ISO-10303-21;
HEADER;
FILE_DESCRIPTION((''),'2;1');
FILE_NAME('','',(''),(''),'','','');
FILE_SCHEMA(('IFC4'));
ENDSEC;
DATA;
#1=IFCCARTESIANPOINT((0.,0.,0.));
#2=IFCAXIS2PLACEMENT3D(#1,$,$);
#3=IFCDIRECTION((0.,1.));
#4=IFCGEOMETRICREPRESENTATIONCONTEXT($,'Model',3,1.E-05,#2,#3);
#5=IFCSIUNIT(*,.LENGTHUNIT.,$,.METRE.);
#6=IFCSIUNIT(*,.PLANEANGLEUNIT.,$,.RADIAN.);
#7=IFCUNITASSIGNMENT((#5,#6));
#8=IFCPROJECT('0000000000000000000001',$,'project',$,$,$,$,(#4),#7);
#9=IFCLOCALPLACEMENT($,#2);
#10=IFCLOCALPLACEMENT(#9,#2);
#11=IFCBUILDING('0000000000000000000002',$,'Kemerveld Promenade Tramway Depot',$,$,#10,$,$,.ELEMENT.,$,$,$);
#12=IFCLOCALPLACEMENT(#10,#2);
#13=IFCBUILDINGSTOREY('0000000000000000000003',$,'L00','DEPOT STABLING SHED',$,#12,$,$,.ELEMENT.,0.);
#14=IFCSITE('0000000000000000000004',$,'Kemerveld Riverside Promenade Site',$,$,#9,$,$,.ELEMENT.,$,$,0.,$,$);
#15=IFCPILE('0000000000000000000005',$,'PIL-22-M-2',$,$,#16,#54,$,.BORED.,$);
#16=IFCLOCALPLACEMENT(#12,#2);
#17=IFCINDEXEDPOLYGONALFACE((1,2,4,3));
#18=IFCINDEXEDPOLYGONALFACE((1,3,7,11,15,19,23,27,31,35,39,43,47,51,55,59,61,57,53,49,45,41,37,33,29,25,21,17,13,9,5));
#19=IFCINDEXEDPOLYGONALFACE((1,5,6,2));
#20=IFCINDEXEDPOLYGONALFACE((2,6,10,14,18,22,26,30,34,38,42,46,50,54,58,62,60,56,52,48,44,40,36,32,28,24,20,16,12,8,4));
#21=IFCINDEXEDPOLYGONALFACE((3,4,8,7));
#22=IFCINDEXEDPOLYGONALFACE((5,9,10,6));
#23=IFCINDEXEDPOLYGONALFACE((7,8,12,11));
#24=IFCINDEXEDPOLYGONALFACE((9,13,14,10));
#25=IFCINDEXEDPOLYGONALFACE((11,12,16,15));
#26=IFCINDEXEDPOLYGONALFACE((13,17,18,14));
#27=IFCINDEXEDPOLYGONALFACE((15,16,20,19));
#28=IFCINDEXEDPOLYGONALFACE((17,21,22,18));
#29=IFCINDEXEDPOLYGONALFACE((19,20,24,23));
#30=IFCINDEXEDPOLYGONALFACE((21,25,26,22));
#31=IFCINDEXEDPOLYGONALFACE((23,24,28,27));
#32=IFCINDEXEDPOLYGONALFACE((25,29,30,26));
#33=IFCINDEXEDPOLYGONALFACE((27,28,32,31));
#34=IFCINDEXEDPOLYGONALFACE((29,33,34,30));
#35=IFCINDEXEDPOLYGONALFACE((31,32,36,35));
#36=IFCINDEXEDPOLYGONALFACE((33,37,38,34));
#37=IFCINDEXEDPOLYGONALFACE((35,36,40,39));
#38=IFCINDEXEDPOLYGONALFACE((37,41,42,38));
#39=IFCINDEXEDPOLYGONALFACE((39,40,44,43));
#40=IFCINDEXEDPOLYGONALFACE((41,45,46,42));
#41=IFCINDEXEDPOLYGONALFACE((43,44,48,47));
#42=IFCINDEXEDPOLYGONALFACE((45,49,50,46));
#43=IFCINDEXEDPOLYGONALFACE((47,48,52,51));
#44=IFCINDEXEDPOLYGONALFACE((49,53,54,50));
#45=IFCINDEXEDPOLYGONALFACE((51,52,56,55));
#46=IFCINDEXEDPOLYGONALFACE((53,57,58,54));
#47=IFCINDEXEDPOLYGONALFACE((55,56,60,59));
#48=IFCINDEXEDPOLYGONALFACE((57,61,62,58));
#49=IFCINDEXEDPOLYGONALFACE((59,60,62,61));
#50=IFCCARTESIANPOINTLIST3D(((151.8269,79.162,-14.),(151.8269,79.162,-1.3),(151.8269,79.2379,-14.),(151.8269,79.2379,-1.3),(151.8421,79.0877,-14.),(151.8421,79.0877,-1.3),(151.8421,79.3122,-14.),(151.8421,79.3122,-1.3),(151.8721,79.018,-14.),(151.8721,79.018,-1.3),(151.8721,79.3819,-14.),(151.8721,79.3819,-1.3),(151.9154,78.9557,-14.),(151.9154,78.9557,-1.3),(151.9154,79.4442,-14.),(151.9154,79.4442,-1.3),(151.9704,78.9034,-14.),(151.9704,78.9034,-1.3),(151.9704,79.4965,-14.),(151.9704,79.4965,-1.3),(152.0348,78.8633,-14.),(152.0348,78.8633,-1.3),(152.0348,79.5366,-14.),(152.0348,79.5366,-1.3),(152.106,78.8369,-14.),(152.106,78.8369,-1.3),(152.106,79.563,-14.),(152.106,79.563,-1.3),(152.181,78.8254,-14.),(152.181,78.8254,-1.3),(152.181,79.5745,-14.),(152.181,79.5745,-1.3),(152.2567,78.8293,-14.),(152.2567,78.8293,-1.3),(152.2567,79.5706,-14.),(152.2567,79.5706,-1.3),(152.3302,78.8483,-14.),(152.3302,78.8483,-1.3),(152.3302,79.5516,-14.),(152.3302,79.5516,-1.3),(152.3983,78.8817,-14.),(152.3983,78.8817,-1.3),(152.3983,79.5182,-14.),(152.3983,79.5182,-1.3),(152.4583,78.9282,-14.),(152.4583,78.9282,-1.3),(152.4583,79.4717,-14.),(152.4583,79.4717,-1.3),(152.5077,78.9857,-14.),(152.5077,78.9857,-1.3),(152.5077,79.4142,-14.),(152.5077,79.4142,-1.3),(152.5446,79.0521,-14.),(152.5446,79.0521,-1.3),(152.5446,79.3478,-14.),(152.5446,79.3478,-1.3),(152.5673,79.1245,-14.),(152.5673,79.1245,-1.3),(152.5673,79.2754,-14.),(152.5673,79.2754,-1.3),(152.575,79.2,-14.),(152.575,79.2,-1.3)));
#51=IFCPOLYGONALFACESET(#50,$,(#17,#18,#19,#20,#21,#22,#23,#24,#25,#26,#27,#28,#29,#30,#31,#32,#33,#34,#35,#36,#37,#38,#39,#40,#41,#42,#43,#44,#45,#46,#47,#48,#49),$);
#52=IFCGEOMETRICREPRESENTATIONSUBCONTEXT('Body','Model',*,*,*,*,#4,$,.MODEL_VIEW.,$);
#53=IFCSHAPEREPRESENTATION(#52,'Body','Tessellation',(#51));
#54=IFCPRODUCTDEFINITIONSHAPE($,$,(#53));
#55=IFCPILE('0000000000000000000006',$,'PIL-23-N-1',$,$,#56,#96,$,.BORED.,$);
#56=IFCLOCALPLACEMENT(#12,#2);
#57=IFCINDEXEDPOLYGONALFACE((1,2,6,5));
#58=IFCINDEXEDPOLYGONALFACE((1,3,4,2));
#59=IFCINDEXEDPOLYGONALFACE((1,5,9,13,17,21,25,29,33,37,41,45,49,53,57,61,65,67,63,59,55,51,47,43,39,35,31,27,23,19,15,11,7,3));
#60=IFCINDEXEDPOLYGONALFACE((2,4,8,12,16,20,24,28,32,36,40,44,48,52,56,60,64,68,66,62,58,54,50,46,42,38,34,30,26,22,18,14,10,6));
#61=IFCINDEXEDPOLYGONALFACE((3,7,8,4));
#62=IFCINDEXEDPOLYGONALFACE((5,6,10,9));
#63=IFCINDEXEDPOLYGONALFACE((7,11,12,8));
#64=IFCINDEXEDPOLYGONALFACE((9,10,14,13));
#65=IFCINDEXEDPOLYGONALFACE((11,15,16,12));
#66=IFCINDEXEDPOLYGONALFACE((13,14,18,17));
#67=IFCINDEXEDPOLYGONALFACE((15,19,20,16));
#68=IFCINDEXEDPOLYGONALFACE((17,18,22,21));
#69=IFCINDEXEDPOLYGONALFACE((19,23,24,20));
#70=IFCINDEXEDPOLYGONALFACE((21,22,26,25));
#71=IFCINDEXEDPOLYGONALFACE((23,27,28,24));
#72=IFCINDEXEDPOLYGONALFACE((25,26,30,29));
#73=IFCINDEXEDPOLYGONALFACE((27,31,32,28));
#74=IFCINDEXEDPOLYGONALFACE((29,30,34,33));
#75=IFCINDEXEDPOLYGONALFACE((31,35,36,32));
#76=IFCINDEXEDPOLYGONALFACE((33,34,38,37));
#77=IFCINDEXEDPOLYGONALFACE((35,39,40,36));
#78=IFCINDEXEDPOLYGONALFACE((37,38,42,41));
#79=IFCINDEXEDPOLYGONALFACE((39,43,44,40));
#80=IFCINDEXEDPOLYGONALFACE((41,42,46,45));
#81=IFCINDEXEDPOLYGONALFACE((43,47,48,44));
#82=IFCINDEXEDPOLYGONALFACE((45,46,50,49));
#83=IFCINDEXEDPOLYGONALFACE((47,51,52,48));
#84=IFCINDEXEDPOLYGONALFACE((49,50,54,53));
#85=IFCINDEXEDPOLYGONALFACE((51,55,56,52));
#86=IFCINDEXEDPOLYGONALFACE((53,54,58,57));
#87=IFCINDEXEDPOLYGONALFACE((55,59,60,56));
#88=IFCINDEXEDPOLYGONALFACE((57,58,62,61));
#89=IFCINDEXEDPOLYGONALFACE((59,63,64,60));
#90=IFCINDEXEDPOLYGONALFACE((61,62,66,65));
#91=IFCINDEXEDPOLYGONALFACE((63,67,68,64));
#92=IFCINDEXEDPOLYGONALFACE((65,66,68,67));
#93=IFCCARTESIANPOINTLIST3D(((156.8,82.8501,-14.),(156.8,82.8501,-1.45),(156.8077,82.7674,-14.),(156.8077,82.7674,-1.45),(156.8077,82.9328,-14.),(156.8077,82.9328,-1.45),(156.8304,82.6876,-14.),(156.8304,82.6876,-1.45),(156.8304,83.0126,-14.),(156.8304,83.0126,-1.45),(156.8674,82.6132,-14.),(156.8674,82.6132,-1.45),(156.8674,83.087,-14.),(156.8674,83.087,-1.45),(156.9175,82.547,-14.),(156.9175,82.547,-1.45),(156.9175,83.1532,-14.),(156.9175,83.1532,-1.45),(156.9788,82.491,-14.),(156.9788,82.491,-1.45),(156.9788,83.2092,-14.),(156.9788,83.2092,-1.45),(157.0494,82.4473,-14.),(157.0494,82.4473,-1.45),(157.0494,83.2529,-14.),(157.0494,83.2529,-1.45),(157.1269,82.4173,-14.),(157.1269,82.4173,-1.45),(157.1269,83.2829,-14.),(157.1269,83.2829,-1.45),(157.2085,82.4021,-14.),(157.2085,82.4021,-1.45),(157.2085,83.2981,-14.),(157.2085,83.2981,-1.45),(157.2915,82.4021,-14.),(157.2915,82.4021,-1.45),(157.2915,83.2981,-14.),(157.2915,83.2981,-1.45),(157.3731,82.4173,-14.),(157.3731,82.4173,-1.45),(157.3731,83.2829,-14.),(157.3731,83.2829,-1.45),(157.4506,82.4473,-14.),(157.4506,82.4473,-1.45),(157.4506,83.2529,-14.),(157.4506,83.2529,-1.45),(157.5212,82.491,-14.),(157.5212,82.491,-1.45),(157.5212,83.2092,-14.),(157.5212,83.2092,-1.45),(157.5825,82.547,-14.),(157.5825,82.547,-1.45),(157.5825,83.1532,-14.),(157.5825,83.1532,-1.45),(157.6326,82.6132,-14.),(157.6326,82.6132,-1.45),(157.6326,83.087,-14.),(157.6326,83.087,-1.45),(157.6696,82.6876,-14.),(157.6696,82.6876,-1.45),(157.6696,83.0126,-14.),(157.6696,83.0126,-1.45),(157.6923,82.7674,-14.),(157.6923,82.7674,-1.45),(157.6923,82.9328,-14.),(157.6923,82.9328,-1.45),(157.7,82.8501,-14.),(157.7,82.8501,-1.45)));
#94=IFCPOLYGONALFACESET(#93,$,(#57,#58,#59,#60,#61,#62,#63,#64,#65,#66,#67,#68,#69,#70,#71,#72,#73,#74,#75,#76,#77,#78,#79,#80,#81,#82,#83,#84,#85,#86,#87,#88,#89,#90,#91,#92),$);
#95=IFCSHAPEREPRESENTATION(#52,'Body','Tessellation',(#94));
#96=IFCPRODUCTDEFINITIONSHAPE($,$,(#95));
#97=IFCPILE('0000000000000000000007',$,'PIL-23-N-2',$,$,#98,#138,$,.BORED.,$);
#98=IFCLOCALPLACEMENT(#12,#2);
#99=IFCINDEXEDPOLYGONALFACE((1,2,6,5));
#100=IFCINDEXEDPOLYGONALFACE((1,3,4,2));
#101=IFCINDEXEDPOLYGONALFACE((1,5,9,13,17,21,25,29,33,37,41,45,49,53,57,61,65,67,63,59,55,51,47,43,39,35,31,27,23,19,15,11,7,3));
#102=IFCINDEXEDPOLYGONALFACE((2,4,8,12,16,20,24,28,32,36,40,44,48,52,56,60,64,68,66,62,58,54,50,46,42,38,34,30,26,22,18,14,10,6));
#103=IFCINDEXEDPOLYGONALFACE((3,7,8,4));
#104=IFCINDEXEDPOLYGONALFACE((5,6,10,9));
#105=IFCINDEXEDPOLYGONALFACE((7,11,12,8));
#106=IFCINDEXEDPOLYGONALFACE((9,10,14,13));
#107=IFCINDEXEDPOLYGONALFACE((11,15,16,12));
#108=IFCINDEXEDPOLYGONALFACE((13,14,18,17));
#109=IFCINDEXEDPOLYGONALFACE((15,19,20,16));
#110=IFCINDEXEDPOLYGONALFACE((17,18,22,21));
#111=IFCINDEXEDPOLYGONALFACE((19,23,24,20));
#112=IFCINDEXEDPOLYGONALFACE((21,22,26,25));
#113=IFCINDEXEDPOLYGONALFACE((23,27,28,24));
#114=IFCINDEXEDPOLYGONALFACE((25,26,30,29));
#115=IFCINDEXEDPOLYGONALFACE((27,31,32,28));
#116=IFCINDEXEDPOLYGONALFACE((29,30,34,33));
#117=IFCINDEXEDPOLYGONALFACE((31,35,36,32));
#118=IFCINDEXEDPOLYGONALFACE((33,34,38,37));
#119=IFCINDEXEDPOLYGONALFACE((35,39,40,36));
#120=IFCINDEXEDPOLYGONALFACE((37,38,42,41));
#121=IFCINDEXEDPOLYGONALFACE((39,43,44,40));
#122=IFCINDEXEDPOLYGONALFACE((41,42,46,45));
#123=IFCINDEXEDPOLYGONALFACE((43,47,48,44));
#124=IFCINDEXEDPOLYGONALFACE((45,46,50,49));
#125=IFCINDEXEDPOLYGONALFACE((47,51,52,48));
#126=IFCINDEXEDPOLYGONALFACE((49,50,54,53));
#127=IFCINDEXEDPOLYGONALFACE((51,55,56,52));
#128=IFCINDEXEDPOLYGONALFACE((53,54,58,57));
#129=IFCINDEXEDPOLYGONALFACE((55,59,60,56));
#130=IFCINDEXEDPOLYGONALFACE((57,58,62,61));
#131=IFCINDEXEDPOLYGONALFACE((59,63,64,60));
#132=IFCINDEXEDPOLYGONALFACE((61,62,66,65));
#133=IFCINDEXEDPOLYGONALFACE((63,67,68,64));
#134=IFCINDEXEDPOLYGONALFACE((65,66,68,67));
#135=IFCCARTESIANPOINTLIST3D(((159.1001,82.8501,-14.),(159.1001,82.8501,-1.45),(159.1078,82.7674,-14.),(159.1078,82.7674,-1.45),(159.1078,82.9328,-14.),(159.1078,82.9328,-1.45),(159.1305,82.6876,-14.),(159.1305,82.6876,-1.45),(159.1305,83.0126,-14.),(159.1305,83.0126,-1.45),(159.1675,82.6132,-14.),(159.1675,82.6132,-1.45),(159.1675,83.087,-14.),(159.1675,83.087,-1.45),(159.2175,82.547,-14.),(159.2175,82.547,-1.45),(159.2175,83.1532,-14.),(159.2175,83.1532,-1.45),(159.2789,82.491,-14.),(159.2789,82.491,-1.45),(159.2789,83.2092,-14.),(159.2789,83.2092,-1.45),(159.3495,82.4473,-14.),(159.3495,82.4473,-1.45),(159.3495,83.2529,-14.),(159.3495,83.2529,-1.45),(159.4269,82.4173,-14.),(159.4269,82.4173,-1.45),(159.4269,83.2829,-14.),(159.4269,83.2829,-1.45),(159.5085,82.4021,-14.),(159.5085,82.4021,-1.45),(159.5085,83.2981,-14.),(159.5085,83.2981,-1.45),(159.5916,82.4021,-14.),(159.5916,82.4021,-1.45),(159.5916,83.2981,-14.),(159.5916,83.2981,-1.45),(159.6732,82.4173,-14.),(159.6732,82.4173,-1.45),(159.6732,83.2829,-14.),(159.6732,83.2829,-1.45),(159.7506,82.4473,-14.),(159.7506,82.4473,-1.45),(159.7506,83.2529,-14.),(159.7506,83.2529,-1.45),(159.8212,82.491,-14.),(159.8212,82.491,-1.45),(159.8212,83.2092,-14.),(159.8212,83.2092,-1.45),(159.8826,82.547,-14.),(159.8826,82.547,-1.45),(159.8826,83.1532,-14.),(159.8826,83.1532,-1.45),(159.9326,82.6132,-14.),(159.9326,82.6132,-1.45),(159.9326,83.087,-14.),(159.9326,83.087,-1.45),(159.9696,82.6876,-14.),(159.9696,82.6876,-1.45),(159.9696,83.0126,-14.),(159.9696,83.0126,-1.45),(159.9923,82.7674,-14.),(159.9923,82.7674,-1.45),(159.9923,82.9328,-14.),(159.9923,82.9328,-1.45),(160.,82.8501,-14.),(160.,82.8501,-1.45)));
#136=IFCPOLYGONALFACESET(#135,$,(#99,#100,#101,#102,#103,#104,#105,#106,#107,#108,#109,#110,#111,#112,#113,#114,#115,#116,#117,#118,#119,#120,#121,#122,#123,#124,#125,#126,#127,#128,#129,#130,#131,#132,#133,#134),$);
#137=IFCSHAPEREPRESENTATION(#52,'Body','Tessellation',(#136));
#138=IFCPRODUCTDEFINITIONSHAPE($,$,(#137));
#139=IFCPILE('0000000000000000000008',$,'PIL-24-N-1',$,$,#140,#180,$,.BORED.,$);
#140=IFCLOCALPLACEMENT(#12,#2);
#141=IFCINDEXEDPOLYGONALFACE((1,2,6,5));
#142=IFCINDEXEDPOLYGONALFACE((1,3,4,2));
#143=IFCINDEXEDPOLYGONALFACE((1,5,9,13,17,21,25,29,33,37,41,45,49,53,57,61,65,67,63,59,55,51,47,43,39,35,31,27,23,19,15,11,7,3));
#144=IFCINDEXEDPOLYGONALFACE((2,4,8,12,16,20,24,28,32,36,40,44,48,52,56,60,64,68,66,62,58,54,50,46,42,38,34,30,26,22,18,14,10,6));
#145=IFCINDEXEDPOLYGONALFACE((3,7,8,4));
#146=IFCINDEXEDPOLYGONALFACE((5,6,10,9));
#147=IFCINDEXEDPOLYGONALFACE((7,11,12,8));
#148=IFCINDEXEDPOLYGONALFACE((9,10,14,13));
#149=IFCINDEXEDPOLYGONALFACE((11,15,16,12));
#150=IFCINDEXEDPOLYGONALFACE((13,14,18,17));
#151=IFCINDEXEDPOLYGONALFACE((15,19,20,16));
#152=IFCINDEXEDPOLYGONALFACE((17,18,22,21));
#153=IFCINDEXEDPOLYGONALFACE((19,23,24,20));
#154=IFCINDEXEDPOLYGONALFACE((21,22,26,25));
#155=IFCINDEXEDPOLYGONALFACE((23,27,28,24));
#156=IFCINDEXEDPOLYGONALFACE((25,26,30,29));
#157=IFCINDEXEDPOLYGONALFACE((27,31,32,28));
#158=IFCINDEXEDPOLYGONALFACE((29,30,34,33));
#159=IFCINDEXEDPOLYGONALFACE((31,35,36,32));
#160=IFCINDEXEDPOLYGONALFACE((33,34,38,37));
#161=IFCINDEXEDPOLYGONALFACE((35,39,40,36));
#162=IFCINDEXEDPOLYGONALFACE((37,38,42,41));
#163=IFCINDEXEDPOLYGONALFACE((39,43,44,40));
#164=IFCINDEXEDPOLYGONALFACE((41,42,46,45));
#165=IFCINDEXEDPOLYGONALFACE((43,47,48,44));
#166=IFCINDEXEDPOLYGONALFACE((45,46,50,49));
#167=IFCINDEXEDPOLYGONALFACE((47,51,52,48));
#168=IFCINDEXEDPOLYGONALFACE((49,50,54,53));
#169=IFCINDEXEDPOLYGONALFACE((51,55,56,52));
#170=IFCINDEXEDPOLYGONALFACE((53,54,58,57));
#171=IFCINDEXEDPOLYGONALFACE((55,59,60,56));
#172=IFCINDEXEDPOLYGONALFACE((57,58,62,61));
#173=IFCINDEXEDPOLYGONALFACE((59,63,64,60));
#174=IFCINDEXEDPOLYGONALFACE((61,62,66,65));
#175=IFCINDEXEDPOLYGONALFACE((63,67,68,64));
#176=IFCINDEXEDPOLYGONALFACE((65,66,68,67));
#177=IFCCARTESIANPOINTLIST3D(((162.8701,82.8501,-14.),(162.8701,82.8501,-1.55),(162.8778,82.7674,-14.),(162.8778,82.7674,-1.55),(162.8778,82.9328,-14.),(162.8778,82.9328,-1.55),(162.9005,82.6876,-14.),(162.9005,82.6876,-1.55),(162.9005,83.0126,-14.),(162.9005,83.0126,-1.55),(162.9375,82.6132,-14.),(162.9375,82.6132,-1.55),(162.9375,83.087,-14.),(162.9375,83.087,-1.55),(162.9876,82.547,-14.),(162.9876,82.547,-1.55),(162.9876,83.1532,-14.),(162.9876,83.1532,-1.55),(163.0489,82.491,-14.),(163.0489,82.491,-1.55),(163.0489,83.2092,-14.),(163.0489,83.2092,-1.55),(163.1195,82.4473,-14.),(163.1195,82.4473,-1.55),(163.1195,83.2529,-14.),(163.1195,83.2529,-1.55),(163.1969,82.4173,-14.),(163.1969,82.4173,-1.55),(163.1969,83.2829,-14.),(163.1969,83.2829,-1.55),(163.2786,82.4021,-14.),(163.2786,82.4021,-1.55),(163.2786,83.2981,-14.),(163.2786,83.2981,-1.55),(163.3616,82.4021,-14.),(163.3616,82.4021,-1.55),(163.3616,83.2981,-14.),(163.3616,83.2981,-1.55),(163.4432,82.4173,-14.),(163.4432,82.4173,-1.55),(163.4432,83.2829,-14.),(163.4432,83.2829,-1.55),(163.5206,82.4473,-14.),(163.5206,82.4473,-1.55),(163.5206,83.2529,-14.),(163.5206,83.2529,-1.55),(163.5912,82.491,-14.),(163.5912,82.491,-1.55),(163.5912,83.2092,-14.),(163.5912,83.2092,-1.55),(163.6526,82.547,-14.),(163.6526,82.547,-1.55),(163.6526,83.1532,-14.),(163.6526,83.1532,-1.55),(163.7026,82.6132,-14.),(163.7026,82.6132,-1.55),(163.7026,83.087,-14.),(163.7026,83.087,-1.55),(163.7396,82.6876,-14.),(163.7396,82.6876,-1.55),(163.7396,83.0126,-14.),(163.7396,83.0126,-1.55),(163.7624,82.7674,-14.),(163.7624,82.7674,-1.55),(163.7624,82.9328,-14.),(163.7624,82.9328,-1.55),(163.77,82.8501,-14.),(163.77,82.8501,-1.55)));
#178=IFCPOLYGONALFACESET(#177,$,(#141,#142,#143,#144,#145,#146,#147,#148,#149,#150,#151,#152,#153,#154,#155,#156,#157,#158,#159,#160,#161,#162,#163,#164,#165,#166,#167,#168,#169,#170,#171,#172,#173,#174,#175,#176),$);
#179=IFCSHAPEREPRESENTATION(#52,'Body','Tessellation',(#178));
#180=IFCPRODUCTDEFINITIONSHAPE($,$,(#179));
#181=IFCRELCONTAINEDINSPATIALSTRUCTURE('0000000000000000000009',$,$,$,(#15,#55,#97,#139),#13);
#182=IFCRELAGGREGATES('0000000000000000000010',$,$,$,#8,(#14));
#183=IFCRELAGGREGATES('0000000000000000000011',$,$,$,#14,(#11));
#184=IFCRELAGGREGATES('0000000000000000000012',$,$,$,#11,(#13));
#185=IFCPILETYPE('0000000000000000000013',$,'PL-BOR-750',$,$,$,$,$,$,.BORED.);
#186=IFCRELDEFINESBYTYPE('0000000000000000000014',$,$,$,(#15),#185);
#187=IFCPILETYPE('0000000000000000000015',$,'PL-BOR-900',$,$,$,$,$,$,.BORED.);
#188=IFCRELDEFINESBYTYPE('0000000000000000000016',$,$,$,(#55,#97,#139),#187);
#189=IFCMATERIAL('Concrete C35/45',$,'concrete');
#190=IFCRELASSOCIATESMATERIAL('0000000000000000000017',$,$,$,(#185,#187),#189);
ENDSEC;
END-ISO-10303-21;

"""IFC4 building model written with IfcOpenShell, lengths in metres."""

from ifc_helpers import new_model, si_unit, direction, frame, origin, origin_2d, place, context, subcontext, project, spatial, circle, extrude, material, material_profile, profile_set, type_object, element, save


model = new_model("IFC4")

# Units and contexts
model_context = context("Model", 3, precision=1e-05, world=origin(), true_north=direction((0.0, 1.0)))
body_context = subcontext(model_context, "Body", "Model", "MODEL_VIEW")
ifc_project = project(units=[si_unit("LENGTHUNIT", "METRE"), si_unit("PLANEANGLEUNIT", "RADIAN")], contexts=[model_context])

# Site, building, storey
site_placement = place(None, origin())
site = spatial("IfcSite", under=ifc_project, at=site_placement, Name="Kemerveld Riverside Promenade Site", CompositionType="ELEMENT", RefElevation=0.0)
building_placement = place(site_placement, origin())
building = spatial("IfcBuilding", under=site, at=building_placement, Name="Kemerveld Promenade Tramway Depot", CompositionType="ELEMENT")
storey_placement = place(building_placement, origin())
storey = spatial("IfcBuildingStorey", under=building, at=storey_placement, Name="L00", Description="DEPOT STABLING SHED", CompositionType="ELEMENT", Elevation=0.0)

# Shared definitions
ifc_material_1 = material(Name="Concrete C35/45", Category="concrete")

# Piles
ifc_material_profile_1 = material_profile(ifc_material_1, circle(Radius=0.375, at=origin_2d()), Name="PILE-D750")
ifc_profile_set_1 = profile_set([ifc_material_profile_1], Name="Concrete C35/45")
pile_type_1 = type_object("IfcPileType", Name="PL-BOR-750", PredefinedType="BORED", material=ifc_profile_set_1)
for number, where, z_axis, x_axis, name in (
    (1, (152.2, 79.2, -1.3), (0.0, 0.0, -1.0), (1.0, 0.0, 0.0), "PIL-22-M-2"),
):
    element("IfcPile", number, at=place(storey_placement, frame(where, z_axis=z_axis, x_axis=x_axis)), inside=storey, type_object=pile_type_1, Name=name, PredefinedType="BORED", context=body_context, shape_type="SweptSolid", body=[
        extrude(circle(Radius=0.375, at=origin_2d()), origin(), (0.0, 0.0, 1.0), 12.7),
    ])
ifc_material_profile_2 = material_profile(ifc_material_1, circle(Radius=0.45, at=origin_2d()), Name="PILE-D900")
ifc_profile_set_2 = profile_set([ifc_material_profile_2], Name="Concrete C35/45")
pile_type_2 = type_object("IfcPileType", Name="PL-BOR-900", PredefinedType="BORED", material=ifc_profile_set_2)
for number, where, z_axis, x_axis, name in (
    (2, (157.25, 82.8501, -1.45), (0.0, 0.0, -1.0), (1.0, 0.0, 0.0), "PIL-23-N-1"),
    (3, (159.55, 82.8501, -1.45), (0.0, 0.0, -1.0), (1.0, 0.0, 0.0), "PIL-23-N-2"),
):
    element("IfcPile", number, at=place(storey_placement, frame(where, z_axis=z_axis, x_axis=x_axis)), inside=storey, type_object=pile_type_2, Name=name, PredefinedType="BORED", context=body_context, shape_type="SweptSolid", body=[
        extrude(circle(Radius=0.45, at=origin_2d()), origin(), (0.0, 0.0, 1.0), 12.55),
    ])
for number, where, z_axis, x_axis, name in (
    (4, (163.3201, 82.8501, -1.55), (0.0, 0.0, -1.0), (1.0, 0.0, 0.0), "PIL-24-N-1"),
):
    element("IfcPile", number, at=place(storey_placement, frame(where, z_axis=z_axis, x_axis=x_axis)), inside=storey, type_object=pile_type_2, Name=name, PredefinedType="BORED", context=body_context, shape_type="SweptSolid", body=[
        extrude(circle(Radius=0.45, at=origin_2d()), origin(), (0.0, 0.0, 1.0), 12.45),
    ])

save(model, "model.ifc")
